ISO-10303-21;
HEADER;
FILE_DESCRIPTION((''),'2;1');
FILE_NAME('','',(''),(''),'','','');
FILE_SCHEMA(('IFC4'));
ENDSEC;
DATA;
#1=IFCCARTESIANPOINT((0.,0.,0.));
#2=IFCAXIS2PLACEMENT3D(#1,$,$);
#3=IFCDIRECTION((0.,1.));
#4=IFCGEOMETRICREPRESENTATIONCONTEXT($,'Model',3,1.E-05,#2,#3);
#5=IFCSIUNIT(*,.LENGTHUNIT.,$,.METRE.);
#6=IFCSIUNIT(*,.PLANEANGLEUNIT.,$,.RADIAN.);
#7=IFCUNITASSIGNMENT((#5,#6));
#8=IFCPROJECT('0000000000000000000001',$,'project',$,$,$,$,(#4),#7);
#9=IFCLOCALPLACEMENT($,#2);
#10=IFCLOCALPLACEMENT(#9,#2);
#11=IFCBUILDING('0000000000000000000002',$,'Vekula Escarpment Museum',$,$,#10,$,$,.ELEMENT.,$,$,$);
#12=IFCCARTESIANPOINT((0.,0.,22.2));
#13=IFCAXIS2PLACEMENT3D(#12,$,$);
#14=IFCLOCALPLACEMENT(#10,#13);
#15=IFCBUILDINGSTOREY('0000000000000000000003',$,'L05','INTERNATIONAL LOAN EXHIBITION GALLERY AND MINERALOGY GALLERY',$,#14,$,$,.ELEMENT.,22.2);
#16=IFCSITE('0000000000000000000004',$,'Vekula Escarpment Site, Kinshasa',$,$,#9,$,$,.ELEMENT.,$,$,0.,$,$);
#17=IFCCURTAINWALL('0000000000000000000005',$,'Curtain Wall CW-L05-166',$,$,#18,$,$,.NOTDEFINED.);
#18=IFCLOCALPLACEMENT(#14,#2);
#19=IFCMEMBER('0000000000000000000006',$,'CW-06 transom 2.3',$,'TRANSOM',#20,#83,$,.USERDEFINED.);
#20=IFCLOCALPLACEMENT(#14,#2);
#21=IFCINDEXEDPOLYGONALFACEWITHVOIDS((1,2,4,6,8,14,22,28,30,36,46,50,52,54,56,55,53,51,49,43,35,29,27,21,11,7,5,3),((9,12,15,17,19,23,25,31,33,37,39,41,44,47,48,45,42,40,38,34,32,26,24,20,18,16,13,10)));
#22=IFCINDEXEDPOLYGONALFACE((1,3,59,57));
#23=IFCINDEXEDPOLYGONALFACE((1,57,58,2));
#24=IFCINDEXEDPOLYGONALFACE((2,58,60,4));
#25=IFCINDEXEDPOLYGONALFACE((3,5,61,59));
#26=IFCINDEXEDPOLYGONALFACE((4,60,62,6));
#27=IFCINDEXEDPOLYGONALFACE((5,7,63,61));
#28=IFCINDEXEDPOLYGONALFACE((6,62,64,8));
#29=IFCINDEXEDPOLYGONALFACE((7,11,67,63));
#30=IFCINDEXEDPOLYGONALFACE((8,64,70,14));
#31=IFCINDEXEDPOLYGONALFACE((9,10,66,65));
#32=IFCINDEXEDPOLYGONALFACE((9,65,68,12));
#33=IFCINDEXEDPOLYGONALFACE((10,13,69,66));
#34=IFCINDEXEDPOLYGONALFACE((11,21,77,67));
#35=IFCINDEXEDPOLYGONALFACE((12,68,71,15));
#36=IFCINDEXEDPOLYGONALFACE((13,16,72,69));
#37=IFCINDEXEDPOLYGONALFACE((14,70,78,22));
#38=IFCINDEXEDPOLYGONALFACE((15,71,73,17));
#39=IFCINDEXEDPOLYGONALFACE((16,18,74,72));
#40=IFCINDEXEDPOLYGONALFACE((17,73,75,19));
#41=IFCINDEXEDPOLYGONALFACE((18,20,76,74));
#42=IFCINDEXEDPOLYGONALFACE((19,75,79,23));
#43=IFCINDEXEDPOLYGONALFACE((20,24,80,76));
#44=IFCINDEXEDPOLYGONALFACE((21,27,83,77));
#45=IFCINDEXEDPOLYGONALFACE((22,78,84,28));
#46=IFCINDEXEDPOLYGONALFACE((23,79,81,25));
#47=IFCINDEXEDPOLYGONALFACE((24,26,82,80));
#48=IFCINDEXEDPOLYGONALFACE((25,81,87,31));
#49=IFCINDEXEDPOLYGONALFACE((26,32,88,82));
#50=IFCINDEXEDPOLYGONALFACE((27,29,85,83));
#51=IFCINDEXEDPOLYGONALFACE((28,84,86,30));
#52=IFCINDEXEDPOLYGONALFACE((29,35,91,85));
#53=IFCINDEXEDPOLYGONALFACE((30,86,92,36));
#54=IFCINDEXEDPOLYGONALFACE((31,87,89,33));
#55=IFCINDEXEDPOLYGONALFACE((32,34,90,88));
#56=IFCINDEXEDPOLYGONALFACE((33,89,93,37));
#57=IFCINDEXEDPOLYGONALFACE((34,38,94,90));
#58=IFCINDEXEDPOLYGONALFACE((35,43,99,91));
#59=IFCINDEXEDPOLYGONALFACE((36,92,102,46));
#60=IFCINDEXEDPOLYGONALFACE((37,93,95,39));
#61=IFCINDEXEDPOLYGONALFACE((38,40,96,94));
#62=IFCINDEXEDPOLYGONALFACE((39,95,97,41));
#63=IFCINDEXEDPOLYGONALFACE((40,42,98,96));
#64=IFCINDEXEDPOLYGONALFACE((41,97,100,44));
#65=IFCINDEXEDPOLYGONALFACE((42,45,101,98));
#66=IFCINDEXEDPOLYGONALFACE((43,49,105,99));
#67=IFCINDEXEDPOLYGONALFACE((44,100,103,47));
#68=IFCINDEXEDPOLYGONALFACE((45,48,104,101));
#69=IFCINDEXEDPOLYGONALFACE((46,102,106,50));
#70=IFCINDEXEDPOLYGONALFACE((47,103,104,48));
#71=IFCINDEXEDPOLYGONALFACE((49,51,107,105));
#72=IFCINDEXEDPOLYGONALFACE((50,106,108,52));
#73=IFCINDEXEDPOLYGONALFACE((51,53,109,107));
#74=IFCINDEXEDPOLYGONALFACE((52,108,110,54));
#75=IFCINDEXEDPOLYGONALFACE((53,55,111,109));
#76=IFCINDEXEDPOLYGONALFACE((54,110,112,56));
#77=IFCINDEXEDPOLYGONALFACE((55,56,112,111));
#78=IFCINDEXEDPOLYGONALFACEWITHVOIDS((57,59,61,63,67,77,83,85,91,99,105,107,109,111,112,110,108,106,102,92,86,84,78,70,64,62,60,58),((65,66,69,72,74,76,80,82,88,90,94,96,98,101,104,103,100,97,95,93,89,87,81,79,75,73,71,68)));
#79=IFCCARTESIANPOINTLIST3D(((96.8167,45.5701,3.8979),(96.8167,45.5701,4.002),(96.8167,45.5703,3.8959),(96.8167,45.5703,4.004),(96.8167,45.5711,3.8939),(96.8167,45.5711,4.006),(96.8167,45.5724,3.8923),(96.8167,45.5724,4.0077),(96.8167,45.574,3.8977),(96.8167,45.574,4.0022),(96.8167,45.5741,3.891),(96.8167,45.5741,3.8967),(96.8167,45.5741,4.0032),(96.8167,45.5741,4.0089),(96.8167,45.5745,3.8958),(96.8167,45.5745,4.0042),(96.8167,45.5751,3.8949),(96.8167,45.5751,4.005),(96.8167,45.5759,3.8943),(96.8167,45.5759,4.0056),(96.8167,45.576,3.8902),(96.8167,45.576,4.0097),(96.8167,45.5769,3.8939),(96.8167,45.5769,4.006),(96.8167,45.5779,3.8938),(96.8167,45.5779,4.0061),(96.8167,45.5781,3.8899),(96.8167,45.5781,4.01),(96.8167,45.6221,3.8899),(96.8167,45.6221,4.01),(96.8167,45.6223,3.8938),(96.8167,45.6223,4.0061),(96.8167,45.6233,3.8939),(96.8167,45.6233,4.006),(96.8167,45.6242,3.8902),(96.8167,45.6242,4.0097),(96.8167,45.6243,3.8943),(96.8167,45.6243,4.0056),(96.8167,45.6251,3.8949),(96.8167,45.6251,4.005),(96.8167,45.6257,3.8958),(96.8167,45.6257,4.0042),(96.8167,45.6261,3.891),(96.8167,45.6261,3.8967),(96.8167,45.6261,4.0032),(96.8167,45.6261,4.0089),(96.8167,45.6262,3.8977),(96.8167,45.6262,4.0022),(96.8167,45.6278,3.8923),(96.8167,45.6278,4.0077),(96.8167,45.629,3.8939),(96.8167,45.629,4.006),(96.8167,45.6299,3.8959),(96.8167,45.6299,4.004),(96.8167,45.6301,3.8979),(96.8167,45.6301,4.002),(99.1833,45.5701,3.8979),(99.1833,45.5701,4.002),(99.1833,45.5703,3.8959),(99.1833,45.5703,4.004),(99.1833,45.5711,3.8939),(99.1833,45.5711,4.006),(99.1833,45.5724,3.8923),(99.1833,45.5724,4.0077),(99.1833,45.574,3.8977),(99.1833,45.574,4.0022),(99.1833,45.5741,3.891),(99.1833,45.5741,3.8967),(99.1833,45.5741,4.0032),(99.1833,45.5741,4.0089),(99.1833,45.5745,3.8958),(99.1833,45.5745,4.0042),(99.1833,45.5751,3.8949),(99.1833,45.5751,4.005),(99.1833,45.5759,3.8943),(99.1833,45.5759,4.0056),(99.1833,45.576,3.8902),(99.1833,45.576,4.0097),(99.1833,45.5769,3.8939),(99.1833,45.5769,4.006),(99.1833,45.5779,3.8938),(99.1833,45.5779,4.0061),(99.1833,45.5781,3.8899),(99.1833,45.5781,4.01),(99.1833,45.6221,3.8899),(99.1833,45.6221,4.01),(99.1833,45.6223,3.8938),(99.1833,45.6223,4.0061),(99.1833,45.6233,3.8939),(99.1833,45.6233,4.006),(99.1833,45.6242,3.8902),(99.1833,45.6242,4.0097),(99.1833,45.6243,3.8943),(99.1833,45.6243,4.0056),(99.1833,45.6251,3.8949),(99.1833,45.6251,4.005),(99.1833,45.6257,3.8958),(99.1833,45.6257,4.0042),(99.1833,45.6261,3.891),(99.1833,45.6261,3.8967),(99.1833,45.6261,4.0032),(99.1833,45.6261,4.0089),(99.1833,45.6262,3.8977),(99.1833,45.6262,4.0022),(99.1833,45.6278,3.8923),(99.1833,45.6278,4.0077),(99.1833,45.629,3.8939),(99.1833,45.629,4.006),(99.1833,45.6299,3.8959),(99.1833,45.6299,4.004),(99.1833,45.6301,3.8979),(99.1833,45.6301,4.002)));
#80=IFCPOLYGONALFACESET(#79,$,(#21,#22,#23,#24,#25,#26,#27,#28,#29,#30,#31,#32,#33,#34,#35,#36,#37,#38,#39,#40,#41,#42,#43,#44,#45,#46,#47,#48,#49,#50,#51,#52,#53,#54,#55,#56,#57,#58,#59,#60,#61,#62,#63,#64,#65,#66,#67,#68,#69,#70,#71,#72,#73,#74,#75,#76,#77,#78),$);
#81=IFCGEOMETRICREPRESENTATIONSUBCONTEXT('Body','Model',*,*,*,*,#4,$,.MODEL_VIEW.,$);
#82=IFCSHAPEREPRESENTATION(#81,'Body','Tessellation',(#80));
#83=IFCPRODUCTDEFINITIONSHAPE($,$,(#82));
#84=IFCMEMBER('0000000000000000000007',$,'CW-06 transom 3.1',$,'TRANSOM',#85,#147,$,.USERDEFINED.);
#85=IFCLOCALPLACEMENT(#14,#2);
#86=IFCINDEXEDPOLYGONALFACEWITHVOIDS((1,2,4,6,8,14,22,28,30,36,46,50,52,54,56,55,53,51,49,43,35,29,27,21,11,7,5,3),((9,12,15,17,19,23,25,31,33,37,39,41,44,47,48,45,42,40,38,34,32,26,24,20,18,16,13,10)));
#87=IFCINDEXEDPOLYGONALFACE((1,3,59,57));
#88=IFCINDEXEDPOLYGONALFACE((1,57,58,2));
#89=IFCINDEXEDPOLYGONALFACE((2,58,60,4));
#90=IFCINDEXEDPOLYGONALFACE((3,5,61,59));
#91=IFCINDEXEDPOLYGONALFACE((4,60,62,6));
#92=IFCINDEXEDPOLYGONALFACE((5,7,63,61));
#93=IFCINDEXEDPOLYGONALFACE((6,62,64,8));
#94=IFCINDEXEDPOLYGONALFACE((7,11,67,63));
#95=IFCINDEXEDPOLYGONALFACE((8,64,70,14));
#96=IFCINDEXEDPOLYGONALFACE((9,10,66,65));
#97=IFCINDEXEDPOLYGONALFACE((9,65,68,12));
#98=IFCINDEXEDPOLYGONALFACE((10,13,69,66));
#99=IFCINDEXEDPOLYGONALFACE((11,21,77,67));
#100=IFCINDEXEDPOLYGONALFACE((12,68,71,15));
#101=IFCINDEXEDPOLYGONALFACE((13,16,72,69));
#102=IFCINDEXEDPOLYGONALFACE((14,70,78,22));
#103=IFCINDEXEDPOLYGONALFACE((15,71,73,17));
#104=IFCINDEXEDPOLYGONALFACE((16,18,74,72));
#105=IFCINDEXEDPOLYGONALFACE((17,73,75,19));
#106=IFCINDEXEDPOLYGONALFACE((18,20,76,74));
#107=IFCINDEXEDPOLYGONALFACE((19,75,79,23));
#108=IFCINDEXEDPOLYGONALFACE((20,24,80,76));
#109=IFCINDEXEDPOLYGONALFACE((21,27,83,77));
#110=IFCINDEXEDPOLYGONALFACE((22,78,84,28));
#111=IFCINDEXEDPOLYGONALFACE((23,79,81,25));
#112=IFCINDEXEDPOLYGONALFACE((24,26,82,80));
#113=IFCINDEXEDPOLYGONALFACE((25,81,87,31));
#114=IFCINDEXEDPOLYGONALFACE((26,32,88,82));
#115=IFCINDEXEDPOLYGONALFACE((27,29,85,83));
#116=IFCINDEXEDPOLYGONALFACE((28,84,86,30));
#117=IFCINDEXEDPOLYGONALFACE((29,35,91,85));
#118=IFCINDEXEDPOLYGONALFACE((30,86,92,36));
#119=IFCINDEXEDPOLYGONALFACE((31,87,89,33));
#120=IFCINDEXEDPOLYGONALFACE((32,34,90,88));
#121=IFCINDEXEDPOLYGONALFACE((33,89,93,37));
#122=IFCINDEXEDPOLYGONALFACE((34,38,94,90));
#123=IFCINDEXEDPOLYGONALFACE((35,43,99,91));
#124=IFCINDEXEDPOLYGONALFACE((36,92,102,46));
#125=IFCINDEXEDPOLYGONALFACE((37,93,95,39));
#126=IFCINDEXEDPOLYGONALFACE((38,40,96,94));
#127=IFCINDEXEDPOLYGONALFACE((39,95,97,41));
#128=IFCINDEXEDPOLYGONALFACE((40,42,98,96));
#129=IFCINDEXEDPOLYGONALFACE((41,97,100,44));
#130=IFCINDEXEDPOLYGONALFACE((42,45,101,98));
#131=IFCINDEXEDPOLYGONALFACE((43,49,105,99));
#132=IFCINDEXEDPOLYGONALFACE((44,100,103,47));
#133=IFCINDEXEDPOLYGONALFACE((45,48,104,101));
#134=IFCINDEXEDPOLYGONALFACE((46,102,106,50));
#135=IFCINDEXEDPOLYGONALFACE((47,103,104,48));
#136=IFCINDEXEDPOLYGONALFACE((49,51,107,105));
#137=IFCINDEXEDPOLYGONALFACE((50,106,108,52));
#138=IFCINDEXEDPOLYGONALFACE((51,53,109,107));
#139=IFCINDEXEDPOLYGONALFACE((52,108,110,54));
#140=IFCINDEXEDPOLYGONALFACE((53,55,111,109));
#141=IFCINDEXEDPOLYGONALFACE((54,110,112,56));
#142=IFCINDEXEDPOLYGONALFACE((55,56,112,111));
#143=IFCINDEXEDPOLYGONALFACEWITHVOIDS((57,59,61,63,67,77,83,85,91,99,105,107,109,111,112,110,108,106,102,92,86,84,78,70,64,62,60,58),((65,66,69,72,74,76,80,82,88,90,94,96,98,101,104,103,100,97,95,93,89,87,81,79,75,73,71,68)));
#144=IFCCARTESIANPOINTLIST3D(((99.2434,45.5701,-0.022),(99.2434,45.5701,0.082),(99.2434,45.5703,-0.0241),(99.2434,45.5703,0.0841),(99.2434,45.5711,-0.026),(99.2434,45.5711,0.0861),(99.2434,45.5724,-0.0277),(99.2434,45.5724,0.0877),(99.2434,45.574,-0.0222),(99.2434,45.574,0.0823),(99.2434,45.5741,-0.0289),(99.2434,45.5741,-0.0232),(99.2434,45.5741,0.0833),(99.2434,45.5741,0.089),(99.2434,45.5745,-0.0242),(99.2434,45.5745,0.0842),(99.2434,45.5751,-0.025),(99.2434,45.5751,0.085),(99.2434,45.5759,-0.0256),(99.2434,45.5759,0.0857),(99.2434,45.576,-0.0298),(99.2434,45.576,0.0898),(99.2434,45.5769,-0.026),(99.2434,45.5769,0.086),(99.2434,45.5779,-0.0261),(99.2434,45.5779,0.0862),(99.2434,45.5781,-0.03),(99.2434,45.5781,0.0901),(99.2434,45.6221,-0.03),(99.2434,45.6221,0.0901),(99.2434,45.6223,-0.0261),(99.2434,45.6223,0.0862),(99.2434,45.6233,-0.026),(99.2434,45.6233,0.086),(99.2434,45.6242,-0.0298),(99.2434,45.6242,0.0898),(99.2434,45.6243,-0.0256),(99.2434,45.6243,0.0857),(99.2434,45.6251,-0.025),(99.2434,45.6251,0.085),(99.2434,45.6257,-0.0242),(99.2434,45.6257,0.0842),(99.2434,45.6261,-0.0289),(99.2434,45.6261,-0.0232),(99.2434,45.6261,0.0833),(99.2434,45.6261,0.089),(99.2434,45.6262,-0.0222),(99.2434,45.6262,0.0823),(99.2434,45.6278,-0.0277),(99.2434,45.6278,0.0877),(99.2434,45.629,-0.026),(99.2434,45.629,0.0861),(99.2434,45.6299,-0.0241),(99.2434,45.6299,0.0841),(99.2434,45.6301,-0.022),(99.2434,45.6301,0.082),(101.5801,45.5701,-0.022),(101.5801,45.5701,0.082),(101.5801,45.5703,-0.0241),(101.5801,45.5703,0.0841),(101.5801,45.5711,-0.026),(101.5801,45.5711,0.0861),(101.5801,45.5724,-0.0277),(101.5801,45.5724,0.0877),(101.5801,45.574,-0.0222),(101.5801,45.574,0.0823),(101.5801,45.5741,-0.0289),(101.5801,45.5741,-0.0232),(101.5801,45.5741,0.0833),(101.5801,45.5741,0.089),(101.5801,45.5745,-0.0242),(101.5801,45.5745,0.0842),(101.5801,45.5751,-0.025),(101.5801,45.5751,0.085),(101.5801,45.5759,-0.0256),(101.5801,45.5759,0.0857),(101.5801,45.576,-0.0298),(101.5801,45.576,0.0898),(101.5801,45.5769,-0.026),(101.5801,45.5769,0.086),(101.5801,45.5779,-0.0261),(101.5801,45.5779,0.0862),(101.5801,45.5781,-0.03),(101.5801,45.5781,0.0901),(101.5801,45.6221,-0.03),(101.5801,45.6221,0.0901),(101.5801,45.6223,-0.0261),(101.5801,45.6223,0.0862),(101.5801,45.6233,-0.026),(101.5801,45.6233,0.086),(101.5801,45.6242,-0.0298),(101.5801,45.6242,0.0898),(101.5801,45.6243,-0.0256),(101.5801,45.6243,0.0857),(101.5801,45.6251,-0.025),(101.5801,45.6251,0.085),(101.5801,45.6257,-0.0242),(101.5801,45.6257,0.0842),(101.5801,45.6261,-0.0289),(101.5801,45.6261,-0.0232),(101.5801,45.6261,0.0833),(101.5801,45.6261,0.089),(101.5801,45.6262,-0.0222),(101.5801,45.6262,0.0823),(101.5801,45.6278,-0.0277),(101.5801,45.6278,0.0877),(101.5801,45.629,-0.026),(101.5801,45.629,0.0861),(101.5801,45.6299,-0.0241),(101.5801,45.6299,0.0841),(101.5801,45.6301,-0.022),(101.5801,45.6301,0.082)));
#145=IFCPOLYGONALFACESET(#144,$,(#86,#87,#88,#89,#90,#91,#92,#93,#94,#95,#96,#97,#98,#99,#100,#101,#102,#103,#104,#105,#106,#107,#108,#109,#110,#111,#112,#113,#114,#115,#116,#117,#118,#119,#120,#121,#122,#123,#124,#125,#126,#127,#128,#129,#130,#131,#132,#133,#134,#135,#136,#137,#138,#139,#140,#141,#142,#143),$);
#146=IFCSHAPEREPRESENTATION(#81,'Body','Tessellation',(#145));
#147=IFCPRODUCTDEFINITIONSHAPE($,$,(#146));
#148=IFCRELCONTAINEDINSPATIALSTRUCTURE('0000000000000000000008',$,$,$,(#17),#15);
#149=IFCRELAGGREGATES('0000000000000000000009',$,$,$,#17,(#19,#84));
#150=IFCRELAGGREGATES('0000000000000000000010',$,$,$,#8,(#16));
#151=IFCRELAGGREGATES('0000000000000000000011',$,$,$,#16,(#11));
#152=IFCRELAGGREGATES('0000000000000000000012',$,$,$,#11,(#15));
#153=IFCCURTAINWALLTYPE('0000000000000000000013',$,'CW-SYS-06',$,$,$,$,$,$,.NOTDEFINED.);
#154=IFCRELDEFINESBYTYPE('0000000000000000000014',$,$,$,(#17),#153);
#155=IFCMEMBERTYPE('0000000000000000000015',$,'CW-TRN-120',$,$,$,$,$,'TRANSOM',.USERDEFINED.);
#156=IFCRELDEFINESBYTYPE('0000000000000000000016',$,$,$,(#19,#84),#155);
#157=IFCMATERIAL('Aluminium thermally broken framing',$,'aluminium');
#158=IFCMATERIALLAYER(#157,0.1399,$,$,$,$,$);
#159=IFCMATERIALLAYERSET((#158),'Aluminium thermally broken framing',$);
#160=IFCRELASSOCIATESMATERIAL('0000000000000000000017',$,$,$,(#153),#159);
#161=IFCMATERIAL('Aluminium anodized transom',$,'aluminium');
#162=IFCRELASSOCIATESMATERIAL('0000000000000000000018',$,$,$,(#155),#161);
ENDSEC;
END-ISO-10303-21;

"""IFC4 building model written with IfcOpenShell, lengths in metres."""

from ifc_helpers import new_model, si_unit, direction, frame, origin, origin_2d, place, context, subcontext, project, spatial, hollow_rectangle, extrude, material, layer, layer_set, material_profile, profile_set, type_object, element, aggregate, save


model = new_model("IFC4")

# Units and contexts
model_context = context("Model", 3, precision=1e-05, world=origin(), true_north=direction((0.0, 1.0)))
body_context = subcontext(model_context, "Body", "Model", "MODEL_VIEW")
ifc_project = project(units=[si_unit("LENGTHUNIT", "METRE"), si_unit("PLANEANGLEUNIT", "RADIAN")], contexts=[model_context])

# Site, building, storey
site_placement = place(None, origin())
site = spatial("IfcSite", under=ifc_project, at=site_placement, Name="Vekula Escarpment Site, Kinshasa", CompositionType="ELEMENT", RefElevation=0.0)
building_placement = place(site_placement, origin())
building = spatial("IfcBuilding", under=site, at=building_placement, Name="Vekula Escarpment Museum", CompositionType="ELEMENT")
storey_placement = place(building_placement, frame((0.0, 0.0, 22.2)))
storey = spatial("IfcBuildingStorey", under=building, at=storey_placement, Name="L05", Description="INTERNATIONAL LOAN EXHIBITION GALLERY AND MINERALOGY GALLERY", CompositionType="ELEMENT", Elevation=22.2)

# Curtain wall
ifc_material_1 = material(Name="Aluminium thermally broken framing", Category="aluminium")
ifc_layer_1 = layer(ifc_material_1, 0.1399)
ifc_layer_set_1 = layer_set([ifc_layer_1], Name="Aluminium thermally broken framing")
curtain_wall_type_1 = type_object("IfcCurtainWallType", Name="CW-SYS-06", PredefinedType="NOTDEFINED", material=ifc_layer_set_1)
curtain_wall_1_placement = place(storey_placement, origin())
curtain_wall_1 = element("IfcCurtainWall", 1, at=curtain_wall_1_placement, inside=storey, type_object=curtain_wall_type_1, Name="Curtain Wall CW-L05-166", PredefinedType="NOTDEFINED")

# Members
ifc_material_2 = material(Name="Aluminium anodized transom", Category="aluminium")
ifc_material_profile_1 = material_profile(ifc_material_2, hollow_rectangle(XDim=0.0601, YDim=0.1201, WallThickness=0.0039, InnerFilletRadius=0.0039, OuterFilletRadius=0.0081, at=origin_2d()), Name="ALU 120x60x4")
ifc_profile_set_1 = profile_set([ifc_material_profile_1], Name="Aluminium anodized transom")
member_type_1 = type_object("IfcMemberType", Name="CW-TRN-120", ElementType="TRANSOM", PredefinedType="USERDEFINED", material=ifc_profile_set_1)
member_1_placement = place(storey_placement, frame((96.8167, 45.6001, 3.95), z_axis=(1.0, 0.0, 0.0), x_axis=(0.0, 1.0, 0.0)))
member_1 = element("IfcMember", 2, at=member_1_placement, type_object=member_type_1, Name="CW-06 transom 2.3", ObjectType="TRANSOM", PredefinedType="USERDEFINED", context=body_context, shape_type="SweptSolid", body=[
    extrude(hollow_rectangle(XDim=0.0601, YDim=0.1201, WallThickness=0.0039, InnerFilletRadius=0.0039, OuterFilletRadius=0.0081, at=origin_2d()), origin(), (0.0, 0.0, 1.0), 2.3667),
])
member_2_placement = place(storey_placement, frame((99.2434, 45.6001, 0.03), z_axis=(1.0, 0.0, 0.0), x_axis=(0.0, 1.0, 0.0)))
member_2 = element("IfcMember", 3, at=member_2_placement, type_object=member_type_1, Name="CW-06 transom 3.1", ObjectType="TRANSOM", PredefinedType="USERDEFINED", context=body_context, shape_type="SweptSolid", body=[
    extrude(hollow_rectangle(XDim=0.0601, YDim=0.1201, WallThickness=0.0039, InnerFilletRadius=0.0039, OuterFilletRadius=0.0081, at=origin_2d()), origin(), (0.0, 0.0, 1.0), 2.3367),
])

aggregate(curtain_wall_1, [member_1, member_2])

save(model, "model.ifc")
